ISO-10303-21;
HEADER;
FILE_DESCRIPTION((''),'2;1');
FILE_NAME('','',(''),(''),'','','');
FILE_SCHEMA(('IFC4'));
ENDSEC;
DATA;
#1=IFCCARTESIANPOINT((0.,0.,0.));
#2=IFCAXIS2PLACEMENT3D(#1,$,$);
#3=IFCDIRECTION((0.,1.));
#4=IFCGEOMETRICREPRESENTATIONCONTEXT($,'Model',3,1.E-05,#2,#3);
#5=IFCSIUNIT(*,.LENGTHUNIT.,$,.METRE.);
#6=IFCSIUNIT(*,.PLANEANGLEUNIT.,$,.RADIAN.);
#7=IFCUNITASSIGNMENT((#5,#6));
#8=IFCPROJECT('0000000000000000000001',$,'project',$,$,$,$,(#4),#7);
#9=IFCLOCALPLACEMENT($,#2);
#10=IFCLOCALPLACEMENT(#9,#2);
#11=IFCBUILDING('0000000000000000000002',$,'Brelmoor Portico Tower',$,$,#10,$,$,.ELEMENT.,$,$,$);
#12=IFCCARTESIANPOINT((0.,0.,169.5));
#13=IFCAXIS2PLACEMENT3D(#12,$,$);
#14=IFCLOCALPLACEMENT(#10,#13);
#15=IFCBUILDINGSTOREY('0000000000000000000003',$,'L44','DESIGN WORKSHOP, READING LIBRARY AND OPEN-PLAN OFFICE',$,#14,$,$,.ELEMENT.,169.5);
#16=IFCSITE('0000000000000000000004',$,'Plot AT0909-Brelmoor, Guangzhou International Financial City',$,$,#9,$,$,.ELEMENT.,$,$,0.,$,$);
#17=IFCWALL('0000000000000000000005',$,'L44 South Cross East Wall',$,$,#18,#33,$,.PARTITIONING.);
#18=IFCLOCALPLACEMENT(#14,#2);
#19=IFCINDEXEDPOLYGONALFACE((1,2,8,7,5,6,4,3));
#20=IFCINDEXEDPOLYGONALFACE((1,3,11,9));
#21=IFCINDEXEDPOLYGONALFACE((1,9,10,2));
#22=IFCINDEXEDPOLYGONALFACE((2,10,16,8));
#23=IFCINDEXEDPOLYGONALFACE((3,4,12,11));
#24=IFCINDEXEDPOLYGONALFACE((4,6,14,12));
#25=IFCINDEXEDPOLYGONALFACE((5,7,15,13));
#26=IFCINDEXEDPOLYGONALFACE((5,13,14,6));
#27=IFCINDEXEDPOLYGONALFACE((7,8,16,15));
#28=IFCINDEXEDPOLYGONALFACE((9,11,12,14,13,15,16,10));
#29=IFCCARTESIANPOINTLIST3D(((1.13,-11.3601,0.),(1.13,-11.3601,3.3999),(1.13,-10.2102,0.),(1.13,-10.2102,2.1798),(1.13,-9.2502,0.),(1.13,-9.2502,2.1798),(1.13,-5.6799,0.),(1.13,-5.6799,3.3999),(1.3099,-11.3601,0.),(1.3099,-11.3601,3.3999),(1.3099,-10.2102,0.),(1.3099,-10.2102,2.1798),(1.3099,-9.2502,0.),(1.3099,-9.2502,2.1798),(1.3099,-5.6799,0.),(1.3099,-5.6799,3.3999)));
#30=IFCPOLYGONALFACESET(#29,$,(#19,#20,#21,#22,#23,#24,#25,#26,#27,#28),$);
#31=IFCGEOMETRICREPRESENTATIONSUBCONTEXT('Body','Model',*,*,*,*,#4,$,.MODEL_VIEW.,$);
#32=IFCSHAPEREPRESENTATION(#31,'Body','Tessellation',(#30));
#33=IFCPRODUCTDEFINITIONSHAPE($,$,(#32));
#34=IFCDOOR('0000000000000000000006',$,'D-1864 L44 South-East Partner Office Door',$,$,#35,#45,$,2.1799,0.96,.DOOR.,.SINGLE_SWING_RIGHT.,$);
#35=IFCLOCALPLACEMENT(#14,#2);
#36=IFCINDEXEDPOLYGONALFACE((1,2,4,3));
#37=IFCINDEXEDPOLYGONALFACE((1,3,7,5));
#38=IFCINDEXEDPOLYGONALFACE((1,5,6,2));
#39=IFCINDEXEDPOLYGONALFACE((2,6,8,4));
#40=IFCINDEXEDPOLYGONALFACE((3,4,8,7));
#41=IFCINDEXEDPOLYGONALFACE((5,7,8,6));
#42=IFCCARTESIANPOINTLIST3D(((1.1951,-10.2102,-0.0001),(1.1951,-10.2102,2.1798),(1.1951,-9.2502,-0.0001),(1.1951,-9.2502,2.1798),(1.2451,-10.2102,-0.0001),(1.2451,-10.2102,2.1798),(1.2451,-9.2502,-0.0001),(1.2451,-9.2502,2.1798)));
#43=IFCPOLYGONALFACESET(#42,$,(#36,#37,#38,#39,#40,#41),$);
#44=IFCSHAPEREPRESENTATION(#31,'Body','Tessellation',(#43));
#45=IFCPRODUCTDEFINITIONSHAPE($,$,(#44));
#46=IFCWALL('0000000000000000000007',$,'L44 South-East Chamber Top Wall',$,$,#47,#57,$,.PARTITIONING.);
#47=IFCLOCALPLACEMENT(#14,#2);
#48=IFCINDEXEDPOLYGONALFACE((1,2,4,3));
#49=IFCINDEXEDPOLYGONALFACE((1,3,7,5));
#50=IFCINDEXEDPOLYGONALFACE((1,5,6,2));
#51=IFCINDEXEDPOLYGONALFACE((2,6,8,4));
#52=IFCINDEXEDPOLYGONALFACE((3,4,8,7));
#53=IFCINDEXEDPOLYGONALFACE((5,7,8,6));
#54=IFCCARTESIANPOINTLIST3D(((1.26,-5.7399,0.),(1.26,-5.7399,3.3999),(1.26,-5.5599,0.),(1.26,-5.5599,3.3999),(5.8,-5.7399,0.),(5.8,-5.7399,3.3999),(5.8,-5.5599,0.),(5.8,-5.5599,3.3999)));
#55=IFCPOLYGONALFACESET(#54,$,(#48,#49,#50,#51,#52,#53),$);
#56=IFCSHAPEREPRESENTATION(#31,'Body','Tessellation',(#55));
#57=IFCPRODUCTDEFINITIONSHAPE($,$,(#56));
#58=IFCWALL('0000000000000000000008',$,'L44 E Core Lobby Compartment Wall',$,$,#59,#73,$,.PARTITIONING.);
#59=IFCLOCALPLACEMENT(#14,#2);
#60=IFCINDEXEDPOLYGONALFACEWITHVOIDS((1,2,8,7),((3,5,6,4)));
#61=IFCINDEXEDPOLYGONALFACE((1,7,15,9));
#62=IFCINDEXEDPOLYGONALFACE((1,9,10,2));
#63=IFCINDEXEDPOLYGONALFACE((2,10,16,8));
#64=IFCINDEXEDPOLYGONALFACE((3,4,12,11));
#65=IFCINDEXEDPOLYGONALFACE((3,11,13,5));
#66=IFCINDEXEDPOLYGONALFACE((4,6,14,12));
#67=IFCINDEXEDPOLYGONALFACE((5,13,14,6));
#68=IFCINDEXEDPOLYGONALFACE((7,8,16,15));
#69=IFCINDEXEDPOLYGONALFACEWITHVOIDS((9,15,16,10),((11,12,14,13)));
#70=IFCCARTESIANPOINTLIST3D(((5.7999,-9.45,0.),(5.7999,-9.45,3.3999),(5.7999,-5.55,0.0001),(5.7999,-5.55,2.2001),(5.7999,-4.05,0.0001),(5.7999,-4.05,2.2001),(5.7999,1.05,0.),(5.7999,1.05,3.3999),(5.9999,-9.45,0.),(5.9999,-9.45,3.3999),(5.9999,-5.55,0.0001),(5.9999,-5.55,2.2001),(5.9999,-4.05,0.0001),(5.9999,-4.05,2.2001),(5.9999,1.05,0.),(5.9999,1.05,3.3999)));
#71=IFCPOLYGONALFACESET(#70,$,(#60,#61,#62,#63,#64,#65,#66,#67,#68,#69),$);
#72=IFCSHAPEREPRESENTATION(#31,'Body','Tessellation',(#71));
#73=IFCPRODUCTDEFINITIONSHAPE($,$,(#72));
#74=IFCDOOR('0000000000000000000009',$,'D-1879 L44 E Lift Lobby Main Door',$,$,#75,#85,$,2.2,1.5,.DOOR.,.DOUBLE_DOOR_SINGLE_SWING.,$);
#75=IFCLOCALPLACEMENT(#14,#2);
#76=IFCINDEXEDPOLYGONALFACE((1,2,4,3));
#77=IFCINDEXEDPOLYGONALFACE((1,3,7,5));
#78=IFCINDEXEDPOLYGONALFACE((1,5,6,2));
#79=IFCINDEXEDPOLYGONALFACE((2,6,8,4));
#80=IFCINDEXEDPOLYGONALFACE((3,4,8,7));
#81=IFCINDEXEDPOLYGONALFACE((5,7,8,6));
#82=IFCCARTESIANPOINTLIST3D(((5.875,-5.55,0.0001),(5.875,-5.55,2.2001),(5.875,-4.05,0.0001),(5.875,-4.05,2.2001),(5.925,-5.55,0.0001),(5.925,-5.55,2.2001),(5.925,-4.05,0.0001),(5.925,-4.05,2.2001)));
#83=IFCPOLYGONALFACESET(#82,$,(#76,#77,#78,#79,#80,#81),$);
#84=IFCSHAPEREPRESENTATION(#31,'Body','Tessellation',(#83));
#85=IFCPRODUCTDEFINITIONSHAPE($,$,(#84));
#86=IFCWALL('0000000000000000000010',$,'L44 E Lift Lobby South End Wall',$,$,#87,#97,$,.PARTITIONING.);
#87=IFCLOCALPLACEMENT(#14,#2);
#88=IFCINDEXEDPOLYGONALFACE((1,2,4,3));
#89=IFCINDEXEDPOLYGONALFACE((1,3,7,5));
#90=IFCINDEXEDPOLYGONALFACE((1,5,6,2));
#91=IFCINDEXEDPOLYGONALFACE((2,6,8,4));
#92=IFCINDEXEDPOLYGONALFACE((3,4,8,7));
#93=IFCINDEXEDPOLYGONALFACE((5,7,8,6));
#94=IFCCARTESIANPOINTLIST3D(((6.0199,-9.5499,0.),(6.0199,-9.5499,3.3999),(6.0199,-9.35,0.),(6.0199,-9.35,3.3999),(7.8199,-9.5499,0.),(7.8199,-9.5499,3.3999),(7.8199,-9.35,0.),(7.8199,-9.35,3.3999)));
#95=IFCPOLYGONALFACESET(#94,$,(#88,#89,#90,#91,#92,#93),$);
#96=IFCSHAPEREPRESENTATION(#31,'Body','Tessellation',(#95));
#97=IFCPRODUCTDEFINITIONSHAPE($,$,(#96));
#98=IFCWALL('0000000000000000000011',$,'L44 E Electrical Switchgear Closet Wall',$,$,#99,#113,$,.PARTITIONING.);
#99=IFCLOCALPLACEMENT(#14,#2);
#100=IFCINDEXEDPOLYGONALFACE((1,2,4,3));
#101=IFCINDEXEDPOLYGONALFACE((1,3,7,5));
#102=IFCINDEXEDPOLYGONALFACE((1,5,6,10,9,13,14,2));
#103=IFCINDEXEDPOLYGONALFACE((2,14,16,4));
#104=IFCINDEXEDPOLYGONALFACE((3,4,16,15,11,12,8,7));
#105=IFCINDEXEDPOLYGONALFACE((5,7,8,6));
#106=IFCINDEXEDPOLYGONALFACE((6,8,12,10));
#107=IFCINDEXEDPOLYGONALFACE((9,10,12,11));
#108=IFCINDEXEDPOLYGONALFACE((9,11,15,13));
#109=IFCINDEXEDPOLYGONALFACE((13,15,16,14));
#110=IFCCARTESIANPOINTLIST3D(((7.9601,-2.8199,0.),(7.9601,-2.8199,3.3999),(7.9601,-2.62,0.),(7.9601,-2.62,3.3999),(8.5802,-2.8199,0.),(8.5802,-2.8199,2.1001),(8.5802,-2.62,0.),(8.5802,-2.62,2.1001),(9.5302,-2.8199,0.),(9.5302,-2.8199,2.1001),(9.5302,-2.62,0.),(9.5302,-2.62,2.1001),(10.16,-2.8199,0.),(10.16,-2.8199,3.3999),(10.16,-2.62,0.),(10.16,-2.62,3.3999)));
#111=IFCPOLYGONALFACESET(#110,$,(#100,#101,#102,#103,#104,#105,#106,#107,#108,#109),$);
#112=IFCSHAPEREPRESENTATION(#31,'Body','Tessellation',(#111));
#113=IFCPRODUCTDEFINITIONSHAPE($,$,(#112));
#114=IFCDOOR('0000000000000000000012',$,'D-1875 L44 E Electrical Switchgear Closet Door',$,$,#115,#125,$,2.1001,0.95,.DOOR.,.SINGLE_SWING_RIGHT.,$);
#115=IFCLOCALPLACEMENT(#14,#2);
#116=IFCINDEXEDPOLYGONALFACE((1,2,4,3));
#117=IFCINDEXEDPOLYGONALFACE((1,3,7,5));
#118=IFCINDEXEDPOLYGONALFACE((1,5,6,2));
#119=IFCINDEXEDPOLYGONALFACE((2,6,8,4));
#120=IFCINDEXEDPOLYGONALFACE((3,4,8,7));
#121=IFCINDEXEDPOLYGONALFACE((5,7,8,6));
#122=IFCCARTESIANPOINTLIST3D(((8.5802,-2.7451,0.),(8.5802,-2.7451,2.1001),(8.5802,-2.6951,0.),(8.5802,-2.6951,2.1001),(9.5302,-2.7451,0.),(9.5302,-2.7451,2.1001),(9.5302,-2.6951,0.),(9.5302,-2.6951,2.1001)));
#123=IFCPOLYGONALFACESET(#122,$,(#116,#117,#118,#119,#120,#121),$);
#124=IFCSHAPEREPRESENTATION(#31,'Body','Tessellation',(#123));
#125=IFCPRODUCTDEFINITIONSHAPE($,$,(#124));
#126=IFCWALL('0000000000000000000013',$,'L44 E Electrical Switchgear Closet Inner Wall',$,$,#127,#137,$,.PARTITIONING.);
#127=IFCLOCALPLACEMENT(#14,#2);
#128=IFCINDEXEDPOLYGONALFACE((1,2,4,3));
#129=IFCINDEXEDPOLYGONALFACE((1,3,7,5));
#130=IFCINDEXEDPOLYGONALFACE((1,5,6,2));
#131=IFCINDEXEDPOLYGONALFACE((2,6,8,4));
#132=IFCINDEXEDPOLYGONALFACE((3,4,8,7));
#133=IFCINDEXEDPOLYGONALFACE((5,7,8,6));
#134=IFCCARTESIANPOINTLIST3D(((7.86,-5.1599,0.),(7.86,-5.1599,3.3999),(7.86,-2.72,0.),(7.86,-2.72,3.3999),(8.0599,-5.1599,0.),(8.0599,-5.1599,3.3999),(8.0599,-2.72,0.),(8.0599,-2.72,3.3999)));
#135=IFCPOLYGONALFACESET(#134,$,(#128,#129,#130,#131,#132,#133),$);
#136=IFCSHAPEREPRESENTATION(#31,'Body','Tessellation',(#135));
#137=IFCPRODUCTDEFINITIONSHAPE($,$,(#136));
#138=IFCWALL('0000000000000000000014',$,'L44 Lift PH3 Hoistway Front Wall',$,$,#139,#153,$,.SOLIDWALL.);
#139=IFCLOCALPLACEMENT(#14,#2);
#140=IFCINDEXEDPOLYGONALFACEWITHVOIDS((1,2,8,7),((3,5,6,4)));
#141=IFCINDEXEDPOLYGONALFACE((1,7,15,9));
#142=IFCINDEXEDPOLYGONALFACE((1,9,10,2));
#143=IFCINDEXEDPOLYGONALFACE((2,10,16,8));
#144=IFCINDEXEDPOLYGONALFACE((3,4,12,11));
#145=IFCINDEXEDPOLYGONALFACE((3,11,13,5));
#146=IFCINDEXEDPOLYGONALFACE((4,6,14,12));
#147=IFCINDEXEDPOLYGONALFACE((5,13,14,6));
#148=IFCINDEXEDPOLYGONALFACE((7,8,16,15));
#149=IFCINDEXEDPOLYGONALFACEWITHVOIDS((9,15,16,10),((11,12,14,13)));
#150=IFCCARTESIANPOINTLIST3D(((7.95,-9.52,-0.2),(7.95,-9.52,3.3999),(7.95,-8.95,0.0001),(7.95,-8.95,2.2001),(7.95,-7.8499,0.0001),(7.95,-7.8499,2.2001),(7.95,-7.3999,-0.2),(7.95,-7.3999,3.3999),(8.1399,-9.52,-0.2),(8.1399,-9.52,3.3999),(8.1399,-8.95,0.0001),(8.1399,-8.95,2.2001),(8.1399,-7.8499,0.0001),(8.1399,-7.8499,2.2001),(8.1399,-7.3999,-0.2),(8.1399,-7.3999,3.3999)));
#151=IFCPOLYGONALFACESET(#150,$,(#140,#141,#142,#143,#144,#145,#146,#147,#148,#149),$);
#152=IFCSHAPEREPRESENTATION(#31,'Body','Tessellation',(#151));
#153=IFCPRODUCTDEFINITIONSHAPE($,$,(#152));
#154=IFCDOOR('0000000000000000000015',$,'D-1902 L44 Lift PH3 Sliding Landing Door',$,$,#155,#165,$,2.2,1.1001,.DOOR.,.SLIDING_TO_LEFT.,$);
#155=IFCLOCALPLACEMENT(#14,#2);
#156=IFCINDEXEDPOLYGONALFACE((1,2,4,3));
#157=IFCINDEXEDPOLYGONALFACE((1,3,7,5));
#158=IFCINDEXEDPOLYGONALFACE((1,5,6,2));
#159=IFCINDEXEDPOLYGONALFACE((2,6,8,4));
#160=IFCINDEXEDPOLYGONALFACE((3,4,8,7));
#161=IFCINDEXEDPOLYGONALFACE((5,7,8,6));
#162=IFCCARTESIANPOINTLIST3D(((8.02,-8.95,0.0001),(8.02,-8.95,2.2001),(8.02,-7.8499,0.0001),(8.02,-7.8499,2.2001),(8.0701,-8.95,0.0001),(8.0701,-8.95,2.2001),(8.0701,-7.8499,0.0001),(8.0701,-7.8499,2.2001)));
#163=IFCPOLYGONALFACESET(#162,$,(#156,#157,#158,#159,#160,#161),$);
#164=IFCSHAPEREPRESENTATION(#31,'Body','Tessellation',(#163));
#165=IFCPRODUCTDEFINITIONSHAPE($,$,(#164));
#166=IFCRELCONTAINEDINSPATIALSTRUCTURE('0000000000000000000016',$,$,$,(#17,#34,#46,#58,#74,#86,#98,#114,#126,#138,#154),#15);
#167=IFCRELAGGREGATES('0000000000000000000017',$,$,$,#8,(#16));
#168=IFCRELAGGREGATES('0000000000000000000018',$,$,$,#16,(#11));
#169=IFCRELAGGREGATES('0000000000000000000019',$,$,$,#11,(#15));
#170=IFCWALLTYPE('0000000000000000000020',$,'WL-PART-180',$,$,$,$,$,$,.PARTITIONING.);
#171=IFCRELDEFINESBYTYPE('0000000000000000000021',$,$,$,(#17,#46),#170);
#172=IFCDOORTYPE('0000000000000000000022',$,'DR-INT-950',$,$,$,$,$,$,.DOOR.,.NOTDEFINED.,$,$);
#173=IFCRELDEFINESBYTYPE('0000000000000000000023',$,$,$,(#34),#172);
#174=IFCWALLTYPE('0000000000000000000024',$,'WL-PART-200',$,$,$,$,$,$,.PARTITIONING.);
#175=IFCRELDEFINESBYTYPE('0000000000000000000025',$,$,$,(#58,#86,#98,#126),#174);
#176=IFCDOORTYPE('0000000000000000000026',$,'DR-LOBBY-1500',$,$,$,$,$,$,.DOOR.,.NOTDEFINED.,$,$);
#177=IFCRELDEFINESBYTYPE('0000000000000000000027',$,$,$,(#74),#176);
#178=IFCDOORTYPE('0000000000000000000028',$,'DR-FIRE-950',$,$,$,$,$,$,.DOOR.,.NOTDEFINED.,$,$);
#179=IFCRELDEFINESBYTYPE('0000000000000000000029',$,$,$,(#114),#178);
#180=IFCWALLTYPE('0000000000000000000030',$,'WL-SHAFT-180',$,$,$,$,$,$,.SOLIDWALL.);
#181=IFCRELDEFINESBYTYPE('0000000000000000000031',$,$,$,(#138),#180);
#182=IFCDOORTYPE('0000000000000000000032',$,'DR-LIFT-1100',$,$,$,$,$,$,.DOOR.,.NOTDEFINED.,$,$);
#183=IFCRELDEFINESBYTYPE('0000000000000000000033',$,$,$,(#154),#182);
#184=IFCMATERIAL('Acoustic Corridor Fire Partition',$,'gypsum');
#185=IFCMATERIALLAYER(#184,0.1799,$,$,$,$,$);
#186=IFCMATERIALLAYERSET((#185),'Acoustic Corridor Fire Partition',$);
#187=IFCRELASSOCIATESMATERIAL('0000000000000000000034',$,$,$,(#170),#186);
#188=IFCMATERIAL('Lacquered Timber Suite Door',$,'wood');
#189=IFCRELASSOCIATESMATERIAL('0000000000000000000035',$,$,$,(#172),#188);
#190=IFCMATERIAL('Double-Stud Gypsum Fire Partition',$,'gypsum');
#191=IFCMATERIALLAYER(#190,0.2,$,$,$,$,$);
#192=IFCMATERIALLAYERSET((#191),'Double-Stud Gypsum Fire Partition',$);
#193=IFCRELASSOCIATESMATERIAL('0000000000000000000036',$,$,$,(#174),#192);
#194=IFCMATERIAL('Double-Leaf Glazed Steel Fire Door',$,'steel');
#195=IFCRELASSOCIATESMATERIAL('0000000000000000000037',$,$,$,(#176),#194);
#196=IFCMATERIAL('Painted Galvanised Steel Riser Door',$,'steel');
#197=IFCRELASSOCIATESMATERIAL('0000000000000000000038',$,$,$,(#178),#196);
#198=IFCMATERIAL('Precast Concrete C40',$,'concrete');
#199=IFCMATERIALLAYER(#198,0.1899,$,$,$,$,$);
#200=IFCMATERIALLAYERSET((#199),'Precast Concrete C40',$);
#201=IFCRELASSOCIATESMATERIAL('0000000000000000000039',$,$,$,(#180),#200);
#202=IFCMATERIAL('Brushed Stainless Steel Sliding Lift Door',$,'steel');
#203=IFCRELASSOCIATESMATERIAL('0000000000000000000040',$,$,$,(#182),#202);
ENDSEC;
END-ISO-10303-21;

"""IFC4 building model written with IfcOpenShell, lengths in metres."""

from ifc_helpers import new_model, si_unit, direction, frame, frame_2d, origin, place, context, subcontext, project, spatial, rectangle, extrude, material, layer, layer_set, type_object, element, fill, save


model = new_model("IFC4")

# Units and contexts
model_context = context("Model", 3, precision=1e-05, world=origin(), true_north=direction((0.0, 1.0)))
body_context = subcontext(model_context, "Body", "Model", "MODEL_VIEW")
ifc_project = project(units=[si_unit("LENGTHUNIT", "METRE"), si_unit("PLANEANGLEUNIT", "RADIAN")], contexts=[model_context])

# Site, building, storey
site_placement = place(None, origin())
site = spatial("IfcSite", under=ifc_project, at=site_placement, Name="Plot AT0909-Brelmoor, Guangzhou International Financial City", CompositionType="ELEMENT", RefElevation=0.0)
building_placement = place(site_placement, origin())
building = spatial("IfcBuilding", under=site, at=building_placement, Name="Brelmoor Portico Tower", CompositionType="ELEMENT")
storey_placement = place(building_placement, frame((0.0, 0.0, 169.5)))
storey = spatial("IfcBuildingStorey", under=building, at=storey_placement, Name="L44", Description="DESIGN WORKSHOP, READING LIBRARY AND OPEN-PLAN OFFICE", CompositionType="ELEMENT", Elevation=169.5)

# Shared definitions
ifc_material_1 = material(Name="Acoustic Corridor Fire Partition", Category="gypsum")
ifc_layer_1 = layer(ifc_material_1, 0.1799)
ifc_layer_set_1 = layer_set([ifc_layer_1], Name="Acoustic Corridor Fire Partition")
wall_type_1 = type_object("IfcWallType", Name="WL-PART-180", PredefinedType="PARTITIONING", material=ifc_layer_set_1)
ifc_material_2 = material(Name="Lacquered Timber Suite Door", Category="wood")
door_type_1 = type_object("IfcDoorType", Name="DR-INT-950", OperationType="NOTDEFINED", PredefinedType="DOOR", material=ifc_material_2)

# Wall, opening, door
wall_1_placement = place(storey_placement, frame((1.22, -11.3601, 0.0), z_axis=(0.0, 0.0, 1.0), x_axis=(0.0, 1.0, 0.0)))
wall_1 = element("IfcWall", 1, at=wall_1_placement, inside=storey, type_object=wall_type_1, Name="L44 South Cross East Wall", PredefinedType="PARTITIONING", context=body_context, shape_type="SweptSolid", body=[
    extrude(rectangle(XDim=5.6802, YDim=0.1799, at=frame_2d((2.8401, 0.0))), origin(), (0.0, 0.0, 1.0), 3.3999),
])
opening_1_placement = place(wall_1_placement, frame((1.1499, 0.0, 0.0)))
opening_1 = element("IfcOpeningElement", 2, at=opening_1_placement, cuts=wall_1, PredefinedType="OPENING", context=body_context, shape_type="SweptSolid", body=[
    extrude(rectangle(XDim=0.96, YDim=2.1799, at=frame_2d((0.48, 1.0898))), frame((0.0, 0.0999, 0.0), z_axis=(0.0, -1.0, 0.0), x_axis=(1.0, 0.0, 0.0)), (0.0, 0.0, 1.0), 0.2),
])
door_1_placement = place(opening_1_placement, origin())
door_1 = element("IfcDoor", 3, at=door_1_placement, inside=storey, type_object=door_type_1, Name="D-1864 L44 South-East Partner Office Door", OperationType="SINGLE_SWING_RIGHT", OverallHeight=2.1799, OverallWidth=0.96, PredefinedType="DOOR", context=body_context, shape_type="SweptSolid", body=[
    extrude(rectangle(XDim=0.96, YDim=2.1799, at=frame_2d((0.48, 1.0898))), frame((0.0, 0.0249, 0.0), z_axis=(0.0, -1.0, 0.0), x_axis=(1.0, 0.0, 0.0)), (0.0, 0.0, 1.0), 0.05),
])
fill(opening_1, door_1)

# Wall
wall_2_placement = place(storey_placement, frame((1.26, -5.6499, 0.0), z_axis=(0.0, 0.0, 1.0), x_axis=(1.0, 0.0, 0.0)))
element("IfcWall", 4, at=wall_2_placement, inside=storey, type_object=wall_type_1, Name="L44 South-East Chamber Top Wall", PredefinedType="PARTITIONING", context=body_context, shape_type="SweptSolid", body=[
    extrude(rectangle(XDim=4.54, YDim=0.1799, at=frame_2d((2.27, 0.0))), origin(), (0.0, 0.0, 1.0), 3.3999),
])

# Wall, opening, door
ifc_material_3 = material(Name="Double-Stud Gypsum Fire Partition", Category="gypsum")
ifc_layer_2 = layer(ifc_material_3, 0.2)
ifc_layer_set_2 = layer_set([ifc_layer_2], Name="Double-Stud Gypsum Fire Partition")
wall_type_2 = type_object("IfcWallType", Name="WL-PART-200", PredefinedType="PARTITIONING", material=ifc_layer_set_2)
wall_3_placement = place(storey_placement, frame((5.8999, -9.45, 0.0), z_axis=(0.0, 0.0, 1.0), x_axis=(0.0, 1.0, 0.0)))
wall_3 = element("IfcWall", 5, at=wall_3_placement, inside=storey, type_object=wall_type_2, Name="L44 E Core Lobby Compartment Wall", PredefinedType="PARTITIONING", context=body_context, shape_type="SweptSolid", body=[
    extrude(rectangle(XDim=10.5, YDim=0.2, at=frame_2d((5.25, 0.0))), origin(), (0.0, 0.0, 1.0), 3.3999),
])
opening_2_placement = place(wall_3_placement, frame((3.8999, 0.0, 0.0)))
opening_2 = element("IfcOpeningElement", 6, at=opening_2_placement, cuts=wall_3, PredefinedType="OPENING", context=body_context, shape_type="SweptSolid", body=[
    extrude(rectangle(XDim=1.5, YDim=2.2, at=frame_2d((0.75, 1.1001))), frame((0.0, 0.1099, 0.0), z_axis=(0.0, -1.0, 0.0), x_axis=(1.0, 0.0, 0.0)), (0.0, 0.0, 1.0), 0.22),
])
ifc_material_4 = material(Name="Double-Leaf Glazed Steel Fire Door", Category="steel")
door_type_2 = type_object("IfcDoorType", Name="DR-LOBBY-1500", OperationType="NOTDEFINED", PredefinedType="DOOR", material=ifc_material_4)
door_2_placement = place(opening_2_placement, origin())
door_2 = element("IfcDoor", 7, at=door_2_placement, inside=storey, type_object=door_type_2, Name="D-1879 L44 E Lift Lobby Main Door", OperationType="DOUBLE_DOOR_SINGLE_SWING", OverallHeight=2.2, OverallWidth=1.5, PredefinedType="DOOR", context=body_context, shape_type="SweptSolid", body=[
    extrude(rectangle(XDim=1.5, YDim=2.2, at=frame_2d((0.75, 1.1001))), frame((0.0, 0.0249, 0.0), z_axis=(0.0, -1.0, 0.0), x_axis=(1.0, 0.0, 0.0)), (0.0, 0.0, 1.0), 0.05),
])
fill(opening_2, door_2)

# Wall
wall_4_placement = place(storey_placement, frame((6.02, -9.45, 0.0), z_axis=(0.0, 0.0, 1.0), x_axis=(1.0, 0.0, 0.0)))
element("IfcWall", 8, at=wall_4_placement, inside=storey, type_object=wall_type_2, Name="L44 E Lift Lobby South End Wall", PredefinedType="PARTITIONING", context=body_context, shape_type="SweptSolid", body=[
    extrude(rectangle(XDim=1.8, YDim=0.2, at=frame_2d((0.8999, 0.0))), origin(), (0.0, 0.0, 1.0), 3.3999),
])

# Wall, opening, door
wall_5_placement = place(storey_placement, frame((7.96, -2.72, 0.0), z_axis=(0.0, 0.0, 1.0), x_axis=(1.0, 0.0, 0.0)))
wall_5 = element("IfcWall", 9, at=wall_5_placement, inside=storey, type_object=wall_type_2, Name="L44 E Electrical Switchgear Closet Wall", PredefinedType="PARTITIONING", context=body_context, shape_type="SweptSolid", body=[
    extrude(rectangle(XDim=2.2, YDim=0.2, at=frame_2d((1.1001, 0.0))), origin(), (0.0, 0.0, 1.0), 3.3999),
])
opening_3_placement = place(wall_5_placement, frame((0.6201, 0.0, 0.0)))
opening_3 = element("IfcOpeningElement", 10, at=opening_3_placement, cuts=wall_5, PredefinedType="OPENING", context=body_context, shape_type="SweptSolid", body=[
    extrude(rectangle(XDim=0.95, YDim=2.1001, at=frame_2d((0.4751, 1.05))), frame((0.0, 0.1099, 0.0), z_axis=(0.0, -1.0, 0.0), x_axis=(1.0, 0.0, 0.0)), (0.0, 0.0, 1.0), 0.22),
])
ifc_material_5 = material(Name="Painted Galvanised Steel Riser Door", Category="steel")
door_type_3 = type_object("IfcDoorType", Name="DR-FIRE-950", OperationType="NOTDEFINED", PredefinedType="DOOR", material=ifc_material_5)
door_3_placement = place(opening_3_placement, origin())
door_3 = element("IfcDoor", 11, at=door_3_placement, inside=storey, type_object=door_type_3, Name="D-1875 L44 E Electrical Switchgear Closet Door", OperationType="SINGLE_SWING_RIGHT", OverallHeight=2.1001, OverallWidth=0.95, PredefinedType="DOOR", context=body_context, shape_type="SweptSolid", body=[
    extrude(rectangle(XDim=0.95, YDim=2.1001, at=frame_2d((0.4751, 1.05))), frame((0.0, 0.0249, 0.0), z_axis=(0.0, -1.0, 0.0), x_axis=(1.0, 0.0, 0.0)), (0.0, 0.0, 1.0), 0.05),
])
fill(opening_3, door_3)

# Wall
wall_6_placement = place(storey_placement, frame((7.96, -5.1599, 0.0), z_axis=(0.0, 0.0, 1.0), x_axis=(0.0, 1.0, 0.0)))
element("IfcWall", 12, at=wall_6_placement, inside=storey, type_object=wall_type_2, Name="L44 E Electrical Switchgear Closet Inner Wall", PredefinedType="PARTITIONING", context=body_context, shape_type="SweptSolid", body=[
    extrude(rectangle(XDim=2.4399, YDim=0.2, at=frame_2d((1.22, 0.0))), origin(), (0.0, 0.0, 1.0), 3.3999),
])

# Wall, opening, door
ifc_material_6 = material(Name="Precast Concrete C40", Category="concrete")
ifc_layer_3 = layer(ifc_material_6, 0.1899)
ifc_layer_set_3 = layer_set([ifc_layer_3], Name="Precast Concrete C40")
wall_type_3 = type_object("IfcWallType", Name="WL-SHAFT-180", PredefinedType="SOLIDWALL", material=ifc_layer_set_3)
wall_7_placement = place(storey_placement, frame((8.0449, -9.52, -0.2), z_axis=(0.0, 0.0, 1.0), x_axis=(0.0, 1.0, 0.0)))
wall_7 = element("IfcWall", 13, at=wall_7_placement, inside=storey, type_object=wall_type_3, Name="L44 Lift PH3 Hoistway Front Wall", PredefinedType="SOLIDWALL", context=body_context, shape_type="SweptSolid", body=[
    extrude(rectangle(XDim=2.1201, YDim=0.1899, at=frame_2d((1.0601, 0.0))), origin(), (0.0, 0.0, 1.0), 3.5999),
])
opening_4_placement = place(wall_7_placement, frame((0.5701, 0.0, 0.2)))
opening_4 = element("IfcOpeningElement", 14, at=opening_4_placement, cuts=wall_7, PredefinedType="OPENING", context=body_context, shape_type="SweptSolid", body=[
    extrude(rectangle(XDim=1.1001, YDim=2.2, at=frame_2d((0.55, 1.1001))), frame((0.0, 0.105, 0.0), z_axis=(0.0, -1.0, 0.0), x_axis=(1.0, 0.0, 0.0)), (0.0, 0.0, 1.0), 0.21),
])
ifc_material_7 = material(Name="Brushed Stainless Steel Sliding Lift Door", Category="steel")
door_type_4 = type_object("IfcDoorType", Name="DR-LIFT-1100", OperationType="NOTDEFINED", PredefinedType="DOOR", material=ifc_material_7)
door_4_placement = place(opening_4_placement, origin())
door_4 = element("IfcDoor", 15, at=door_4_placement, inside=storey, type_object=door_type_4, Name="D-1902 L44 Lift PH3 Sliding Landing Door", OperationType="SLIDING_TO_LEFT", OverallHeight=2.2, OverallWidth=1.1001, PredefinedType="DOOR", context=body_context, shape_type="SweptSolid", body=[
    extrude(rectangle(XDim=1.1001, YDim=2.2, at=frame_2d((0.55, 1.1001))), frame((0.0, 0.0249, 0.0), z_axis=(0.0, -1.0, 0.0), x_axis=(1.0, 0.0, 0.0)), (0.0, 0.0, 1.0), 0.05),
])
fill(opening_4, door_4)

save(model, "model.ifc")
